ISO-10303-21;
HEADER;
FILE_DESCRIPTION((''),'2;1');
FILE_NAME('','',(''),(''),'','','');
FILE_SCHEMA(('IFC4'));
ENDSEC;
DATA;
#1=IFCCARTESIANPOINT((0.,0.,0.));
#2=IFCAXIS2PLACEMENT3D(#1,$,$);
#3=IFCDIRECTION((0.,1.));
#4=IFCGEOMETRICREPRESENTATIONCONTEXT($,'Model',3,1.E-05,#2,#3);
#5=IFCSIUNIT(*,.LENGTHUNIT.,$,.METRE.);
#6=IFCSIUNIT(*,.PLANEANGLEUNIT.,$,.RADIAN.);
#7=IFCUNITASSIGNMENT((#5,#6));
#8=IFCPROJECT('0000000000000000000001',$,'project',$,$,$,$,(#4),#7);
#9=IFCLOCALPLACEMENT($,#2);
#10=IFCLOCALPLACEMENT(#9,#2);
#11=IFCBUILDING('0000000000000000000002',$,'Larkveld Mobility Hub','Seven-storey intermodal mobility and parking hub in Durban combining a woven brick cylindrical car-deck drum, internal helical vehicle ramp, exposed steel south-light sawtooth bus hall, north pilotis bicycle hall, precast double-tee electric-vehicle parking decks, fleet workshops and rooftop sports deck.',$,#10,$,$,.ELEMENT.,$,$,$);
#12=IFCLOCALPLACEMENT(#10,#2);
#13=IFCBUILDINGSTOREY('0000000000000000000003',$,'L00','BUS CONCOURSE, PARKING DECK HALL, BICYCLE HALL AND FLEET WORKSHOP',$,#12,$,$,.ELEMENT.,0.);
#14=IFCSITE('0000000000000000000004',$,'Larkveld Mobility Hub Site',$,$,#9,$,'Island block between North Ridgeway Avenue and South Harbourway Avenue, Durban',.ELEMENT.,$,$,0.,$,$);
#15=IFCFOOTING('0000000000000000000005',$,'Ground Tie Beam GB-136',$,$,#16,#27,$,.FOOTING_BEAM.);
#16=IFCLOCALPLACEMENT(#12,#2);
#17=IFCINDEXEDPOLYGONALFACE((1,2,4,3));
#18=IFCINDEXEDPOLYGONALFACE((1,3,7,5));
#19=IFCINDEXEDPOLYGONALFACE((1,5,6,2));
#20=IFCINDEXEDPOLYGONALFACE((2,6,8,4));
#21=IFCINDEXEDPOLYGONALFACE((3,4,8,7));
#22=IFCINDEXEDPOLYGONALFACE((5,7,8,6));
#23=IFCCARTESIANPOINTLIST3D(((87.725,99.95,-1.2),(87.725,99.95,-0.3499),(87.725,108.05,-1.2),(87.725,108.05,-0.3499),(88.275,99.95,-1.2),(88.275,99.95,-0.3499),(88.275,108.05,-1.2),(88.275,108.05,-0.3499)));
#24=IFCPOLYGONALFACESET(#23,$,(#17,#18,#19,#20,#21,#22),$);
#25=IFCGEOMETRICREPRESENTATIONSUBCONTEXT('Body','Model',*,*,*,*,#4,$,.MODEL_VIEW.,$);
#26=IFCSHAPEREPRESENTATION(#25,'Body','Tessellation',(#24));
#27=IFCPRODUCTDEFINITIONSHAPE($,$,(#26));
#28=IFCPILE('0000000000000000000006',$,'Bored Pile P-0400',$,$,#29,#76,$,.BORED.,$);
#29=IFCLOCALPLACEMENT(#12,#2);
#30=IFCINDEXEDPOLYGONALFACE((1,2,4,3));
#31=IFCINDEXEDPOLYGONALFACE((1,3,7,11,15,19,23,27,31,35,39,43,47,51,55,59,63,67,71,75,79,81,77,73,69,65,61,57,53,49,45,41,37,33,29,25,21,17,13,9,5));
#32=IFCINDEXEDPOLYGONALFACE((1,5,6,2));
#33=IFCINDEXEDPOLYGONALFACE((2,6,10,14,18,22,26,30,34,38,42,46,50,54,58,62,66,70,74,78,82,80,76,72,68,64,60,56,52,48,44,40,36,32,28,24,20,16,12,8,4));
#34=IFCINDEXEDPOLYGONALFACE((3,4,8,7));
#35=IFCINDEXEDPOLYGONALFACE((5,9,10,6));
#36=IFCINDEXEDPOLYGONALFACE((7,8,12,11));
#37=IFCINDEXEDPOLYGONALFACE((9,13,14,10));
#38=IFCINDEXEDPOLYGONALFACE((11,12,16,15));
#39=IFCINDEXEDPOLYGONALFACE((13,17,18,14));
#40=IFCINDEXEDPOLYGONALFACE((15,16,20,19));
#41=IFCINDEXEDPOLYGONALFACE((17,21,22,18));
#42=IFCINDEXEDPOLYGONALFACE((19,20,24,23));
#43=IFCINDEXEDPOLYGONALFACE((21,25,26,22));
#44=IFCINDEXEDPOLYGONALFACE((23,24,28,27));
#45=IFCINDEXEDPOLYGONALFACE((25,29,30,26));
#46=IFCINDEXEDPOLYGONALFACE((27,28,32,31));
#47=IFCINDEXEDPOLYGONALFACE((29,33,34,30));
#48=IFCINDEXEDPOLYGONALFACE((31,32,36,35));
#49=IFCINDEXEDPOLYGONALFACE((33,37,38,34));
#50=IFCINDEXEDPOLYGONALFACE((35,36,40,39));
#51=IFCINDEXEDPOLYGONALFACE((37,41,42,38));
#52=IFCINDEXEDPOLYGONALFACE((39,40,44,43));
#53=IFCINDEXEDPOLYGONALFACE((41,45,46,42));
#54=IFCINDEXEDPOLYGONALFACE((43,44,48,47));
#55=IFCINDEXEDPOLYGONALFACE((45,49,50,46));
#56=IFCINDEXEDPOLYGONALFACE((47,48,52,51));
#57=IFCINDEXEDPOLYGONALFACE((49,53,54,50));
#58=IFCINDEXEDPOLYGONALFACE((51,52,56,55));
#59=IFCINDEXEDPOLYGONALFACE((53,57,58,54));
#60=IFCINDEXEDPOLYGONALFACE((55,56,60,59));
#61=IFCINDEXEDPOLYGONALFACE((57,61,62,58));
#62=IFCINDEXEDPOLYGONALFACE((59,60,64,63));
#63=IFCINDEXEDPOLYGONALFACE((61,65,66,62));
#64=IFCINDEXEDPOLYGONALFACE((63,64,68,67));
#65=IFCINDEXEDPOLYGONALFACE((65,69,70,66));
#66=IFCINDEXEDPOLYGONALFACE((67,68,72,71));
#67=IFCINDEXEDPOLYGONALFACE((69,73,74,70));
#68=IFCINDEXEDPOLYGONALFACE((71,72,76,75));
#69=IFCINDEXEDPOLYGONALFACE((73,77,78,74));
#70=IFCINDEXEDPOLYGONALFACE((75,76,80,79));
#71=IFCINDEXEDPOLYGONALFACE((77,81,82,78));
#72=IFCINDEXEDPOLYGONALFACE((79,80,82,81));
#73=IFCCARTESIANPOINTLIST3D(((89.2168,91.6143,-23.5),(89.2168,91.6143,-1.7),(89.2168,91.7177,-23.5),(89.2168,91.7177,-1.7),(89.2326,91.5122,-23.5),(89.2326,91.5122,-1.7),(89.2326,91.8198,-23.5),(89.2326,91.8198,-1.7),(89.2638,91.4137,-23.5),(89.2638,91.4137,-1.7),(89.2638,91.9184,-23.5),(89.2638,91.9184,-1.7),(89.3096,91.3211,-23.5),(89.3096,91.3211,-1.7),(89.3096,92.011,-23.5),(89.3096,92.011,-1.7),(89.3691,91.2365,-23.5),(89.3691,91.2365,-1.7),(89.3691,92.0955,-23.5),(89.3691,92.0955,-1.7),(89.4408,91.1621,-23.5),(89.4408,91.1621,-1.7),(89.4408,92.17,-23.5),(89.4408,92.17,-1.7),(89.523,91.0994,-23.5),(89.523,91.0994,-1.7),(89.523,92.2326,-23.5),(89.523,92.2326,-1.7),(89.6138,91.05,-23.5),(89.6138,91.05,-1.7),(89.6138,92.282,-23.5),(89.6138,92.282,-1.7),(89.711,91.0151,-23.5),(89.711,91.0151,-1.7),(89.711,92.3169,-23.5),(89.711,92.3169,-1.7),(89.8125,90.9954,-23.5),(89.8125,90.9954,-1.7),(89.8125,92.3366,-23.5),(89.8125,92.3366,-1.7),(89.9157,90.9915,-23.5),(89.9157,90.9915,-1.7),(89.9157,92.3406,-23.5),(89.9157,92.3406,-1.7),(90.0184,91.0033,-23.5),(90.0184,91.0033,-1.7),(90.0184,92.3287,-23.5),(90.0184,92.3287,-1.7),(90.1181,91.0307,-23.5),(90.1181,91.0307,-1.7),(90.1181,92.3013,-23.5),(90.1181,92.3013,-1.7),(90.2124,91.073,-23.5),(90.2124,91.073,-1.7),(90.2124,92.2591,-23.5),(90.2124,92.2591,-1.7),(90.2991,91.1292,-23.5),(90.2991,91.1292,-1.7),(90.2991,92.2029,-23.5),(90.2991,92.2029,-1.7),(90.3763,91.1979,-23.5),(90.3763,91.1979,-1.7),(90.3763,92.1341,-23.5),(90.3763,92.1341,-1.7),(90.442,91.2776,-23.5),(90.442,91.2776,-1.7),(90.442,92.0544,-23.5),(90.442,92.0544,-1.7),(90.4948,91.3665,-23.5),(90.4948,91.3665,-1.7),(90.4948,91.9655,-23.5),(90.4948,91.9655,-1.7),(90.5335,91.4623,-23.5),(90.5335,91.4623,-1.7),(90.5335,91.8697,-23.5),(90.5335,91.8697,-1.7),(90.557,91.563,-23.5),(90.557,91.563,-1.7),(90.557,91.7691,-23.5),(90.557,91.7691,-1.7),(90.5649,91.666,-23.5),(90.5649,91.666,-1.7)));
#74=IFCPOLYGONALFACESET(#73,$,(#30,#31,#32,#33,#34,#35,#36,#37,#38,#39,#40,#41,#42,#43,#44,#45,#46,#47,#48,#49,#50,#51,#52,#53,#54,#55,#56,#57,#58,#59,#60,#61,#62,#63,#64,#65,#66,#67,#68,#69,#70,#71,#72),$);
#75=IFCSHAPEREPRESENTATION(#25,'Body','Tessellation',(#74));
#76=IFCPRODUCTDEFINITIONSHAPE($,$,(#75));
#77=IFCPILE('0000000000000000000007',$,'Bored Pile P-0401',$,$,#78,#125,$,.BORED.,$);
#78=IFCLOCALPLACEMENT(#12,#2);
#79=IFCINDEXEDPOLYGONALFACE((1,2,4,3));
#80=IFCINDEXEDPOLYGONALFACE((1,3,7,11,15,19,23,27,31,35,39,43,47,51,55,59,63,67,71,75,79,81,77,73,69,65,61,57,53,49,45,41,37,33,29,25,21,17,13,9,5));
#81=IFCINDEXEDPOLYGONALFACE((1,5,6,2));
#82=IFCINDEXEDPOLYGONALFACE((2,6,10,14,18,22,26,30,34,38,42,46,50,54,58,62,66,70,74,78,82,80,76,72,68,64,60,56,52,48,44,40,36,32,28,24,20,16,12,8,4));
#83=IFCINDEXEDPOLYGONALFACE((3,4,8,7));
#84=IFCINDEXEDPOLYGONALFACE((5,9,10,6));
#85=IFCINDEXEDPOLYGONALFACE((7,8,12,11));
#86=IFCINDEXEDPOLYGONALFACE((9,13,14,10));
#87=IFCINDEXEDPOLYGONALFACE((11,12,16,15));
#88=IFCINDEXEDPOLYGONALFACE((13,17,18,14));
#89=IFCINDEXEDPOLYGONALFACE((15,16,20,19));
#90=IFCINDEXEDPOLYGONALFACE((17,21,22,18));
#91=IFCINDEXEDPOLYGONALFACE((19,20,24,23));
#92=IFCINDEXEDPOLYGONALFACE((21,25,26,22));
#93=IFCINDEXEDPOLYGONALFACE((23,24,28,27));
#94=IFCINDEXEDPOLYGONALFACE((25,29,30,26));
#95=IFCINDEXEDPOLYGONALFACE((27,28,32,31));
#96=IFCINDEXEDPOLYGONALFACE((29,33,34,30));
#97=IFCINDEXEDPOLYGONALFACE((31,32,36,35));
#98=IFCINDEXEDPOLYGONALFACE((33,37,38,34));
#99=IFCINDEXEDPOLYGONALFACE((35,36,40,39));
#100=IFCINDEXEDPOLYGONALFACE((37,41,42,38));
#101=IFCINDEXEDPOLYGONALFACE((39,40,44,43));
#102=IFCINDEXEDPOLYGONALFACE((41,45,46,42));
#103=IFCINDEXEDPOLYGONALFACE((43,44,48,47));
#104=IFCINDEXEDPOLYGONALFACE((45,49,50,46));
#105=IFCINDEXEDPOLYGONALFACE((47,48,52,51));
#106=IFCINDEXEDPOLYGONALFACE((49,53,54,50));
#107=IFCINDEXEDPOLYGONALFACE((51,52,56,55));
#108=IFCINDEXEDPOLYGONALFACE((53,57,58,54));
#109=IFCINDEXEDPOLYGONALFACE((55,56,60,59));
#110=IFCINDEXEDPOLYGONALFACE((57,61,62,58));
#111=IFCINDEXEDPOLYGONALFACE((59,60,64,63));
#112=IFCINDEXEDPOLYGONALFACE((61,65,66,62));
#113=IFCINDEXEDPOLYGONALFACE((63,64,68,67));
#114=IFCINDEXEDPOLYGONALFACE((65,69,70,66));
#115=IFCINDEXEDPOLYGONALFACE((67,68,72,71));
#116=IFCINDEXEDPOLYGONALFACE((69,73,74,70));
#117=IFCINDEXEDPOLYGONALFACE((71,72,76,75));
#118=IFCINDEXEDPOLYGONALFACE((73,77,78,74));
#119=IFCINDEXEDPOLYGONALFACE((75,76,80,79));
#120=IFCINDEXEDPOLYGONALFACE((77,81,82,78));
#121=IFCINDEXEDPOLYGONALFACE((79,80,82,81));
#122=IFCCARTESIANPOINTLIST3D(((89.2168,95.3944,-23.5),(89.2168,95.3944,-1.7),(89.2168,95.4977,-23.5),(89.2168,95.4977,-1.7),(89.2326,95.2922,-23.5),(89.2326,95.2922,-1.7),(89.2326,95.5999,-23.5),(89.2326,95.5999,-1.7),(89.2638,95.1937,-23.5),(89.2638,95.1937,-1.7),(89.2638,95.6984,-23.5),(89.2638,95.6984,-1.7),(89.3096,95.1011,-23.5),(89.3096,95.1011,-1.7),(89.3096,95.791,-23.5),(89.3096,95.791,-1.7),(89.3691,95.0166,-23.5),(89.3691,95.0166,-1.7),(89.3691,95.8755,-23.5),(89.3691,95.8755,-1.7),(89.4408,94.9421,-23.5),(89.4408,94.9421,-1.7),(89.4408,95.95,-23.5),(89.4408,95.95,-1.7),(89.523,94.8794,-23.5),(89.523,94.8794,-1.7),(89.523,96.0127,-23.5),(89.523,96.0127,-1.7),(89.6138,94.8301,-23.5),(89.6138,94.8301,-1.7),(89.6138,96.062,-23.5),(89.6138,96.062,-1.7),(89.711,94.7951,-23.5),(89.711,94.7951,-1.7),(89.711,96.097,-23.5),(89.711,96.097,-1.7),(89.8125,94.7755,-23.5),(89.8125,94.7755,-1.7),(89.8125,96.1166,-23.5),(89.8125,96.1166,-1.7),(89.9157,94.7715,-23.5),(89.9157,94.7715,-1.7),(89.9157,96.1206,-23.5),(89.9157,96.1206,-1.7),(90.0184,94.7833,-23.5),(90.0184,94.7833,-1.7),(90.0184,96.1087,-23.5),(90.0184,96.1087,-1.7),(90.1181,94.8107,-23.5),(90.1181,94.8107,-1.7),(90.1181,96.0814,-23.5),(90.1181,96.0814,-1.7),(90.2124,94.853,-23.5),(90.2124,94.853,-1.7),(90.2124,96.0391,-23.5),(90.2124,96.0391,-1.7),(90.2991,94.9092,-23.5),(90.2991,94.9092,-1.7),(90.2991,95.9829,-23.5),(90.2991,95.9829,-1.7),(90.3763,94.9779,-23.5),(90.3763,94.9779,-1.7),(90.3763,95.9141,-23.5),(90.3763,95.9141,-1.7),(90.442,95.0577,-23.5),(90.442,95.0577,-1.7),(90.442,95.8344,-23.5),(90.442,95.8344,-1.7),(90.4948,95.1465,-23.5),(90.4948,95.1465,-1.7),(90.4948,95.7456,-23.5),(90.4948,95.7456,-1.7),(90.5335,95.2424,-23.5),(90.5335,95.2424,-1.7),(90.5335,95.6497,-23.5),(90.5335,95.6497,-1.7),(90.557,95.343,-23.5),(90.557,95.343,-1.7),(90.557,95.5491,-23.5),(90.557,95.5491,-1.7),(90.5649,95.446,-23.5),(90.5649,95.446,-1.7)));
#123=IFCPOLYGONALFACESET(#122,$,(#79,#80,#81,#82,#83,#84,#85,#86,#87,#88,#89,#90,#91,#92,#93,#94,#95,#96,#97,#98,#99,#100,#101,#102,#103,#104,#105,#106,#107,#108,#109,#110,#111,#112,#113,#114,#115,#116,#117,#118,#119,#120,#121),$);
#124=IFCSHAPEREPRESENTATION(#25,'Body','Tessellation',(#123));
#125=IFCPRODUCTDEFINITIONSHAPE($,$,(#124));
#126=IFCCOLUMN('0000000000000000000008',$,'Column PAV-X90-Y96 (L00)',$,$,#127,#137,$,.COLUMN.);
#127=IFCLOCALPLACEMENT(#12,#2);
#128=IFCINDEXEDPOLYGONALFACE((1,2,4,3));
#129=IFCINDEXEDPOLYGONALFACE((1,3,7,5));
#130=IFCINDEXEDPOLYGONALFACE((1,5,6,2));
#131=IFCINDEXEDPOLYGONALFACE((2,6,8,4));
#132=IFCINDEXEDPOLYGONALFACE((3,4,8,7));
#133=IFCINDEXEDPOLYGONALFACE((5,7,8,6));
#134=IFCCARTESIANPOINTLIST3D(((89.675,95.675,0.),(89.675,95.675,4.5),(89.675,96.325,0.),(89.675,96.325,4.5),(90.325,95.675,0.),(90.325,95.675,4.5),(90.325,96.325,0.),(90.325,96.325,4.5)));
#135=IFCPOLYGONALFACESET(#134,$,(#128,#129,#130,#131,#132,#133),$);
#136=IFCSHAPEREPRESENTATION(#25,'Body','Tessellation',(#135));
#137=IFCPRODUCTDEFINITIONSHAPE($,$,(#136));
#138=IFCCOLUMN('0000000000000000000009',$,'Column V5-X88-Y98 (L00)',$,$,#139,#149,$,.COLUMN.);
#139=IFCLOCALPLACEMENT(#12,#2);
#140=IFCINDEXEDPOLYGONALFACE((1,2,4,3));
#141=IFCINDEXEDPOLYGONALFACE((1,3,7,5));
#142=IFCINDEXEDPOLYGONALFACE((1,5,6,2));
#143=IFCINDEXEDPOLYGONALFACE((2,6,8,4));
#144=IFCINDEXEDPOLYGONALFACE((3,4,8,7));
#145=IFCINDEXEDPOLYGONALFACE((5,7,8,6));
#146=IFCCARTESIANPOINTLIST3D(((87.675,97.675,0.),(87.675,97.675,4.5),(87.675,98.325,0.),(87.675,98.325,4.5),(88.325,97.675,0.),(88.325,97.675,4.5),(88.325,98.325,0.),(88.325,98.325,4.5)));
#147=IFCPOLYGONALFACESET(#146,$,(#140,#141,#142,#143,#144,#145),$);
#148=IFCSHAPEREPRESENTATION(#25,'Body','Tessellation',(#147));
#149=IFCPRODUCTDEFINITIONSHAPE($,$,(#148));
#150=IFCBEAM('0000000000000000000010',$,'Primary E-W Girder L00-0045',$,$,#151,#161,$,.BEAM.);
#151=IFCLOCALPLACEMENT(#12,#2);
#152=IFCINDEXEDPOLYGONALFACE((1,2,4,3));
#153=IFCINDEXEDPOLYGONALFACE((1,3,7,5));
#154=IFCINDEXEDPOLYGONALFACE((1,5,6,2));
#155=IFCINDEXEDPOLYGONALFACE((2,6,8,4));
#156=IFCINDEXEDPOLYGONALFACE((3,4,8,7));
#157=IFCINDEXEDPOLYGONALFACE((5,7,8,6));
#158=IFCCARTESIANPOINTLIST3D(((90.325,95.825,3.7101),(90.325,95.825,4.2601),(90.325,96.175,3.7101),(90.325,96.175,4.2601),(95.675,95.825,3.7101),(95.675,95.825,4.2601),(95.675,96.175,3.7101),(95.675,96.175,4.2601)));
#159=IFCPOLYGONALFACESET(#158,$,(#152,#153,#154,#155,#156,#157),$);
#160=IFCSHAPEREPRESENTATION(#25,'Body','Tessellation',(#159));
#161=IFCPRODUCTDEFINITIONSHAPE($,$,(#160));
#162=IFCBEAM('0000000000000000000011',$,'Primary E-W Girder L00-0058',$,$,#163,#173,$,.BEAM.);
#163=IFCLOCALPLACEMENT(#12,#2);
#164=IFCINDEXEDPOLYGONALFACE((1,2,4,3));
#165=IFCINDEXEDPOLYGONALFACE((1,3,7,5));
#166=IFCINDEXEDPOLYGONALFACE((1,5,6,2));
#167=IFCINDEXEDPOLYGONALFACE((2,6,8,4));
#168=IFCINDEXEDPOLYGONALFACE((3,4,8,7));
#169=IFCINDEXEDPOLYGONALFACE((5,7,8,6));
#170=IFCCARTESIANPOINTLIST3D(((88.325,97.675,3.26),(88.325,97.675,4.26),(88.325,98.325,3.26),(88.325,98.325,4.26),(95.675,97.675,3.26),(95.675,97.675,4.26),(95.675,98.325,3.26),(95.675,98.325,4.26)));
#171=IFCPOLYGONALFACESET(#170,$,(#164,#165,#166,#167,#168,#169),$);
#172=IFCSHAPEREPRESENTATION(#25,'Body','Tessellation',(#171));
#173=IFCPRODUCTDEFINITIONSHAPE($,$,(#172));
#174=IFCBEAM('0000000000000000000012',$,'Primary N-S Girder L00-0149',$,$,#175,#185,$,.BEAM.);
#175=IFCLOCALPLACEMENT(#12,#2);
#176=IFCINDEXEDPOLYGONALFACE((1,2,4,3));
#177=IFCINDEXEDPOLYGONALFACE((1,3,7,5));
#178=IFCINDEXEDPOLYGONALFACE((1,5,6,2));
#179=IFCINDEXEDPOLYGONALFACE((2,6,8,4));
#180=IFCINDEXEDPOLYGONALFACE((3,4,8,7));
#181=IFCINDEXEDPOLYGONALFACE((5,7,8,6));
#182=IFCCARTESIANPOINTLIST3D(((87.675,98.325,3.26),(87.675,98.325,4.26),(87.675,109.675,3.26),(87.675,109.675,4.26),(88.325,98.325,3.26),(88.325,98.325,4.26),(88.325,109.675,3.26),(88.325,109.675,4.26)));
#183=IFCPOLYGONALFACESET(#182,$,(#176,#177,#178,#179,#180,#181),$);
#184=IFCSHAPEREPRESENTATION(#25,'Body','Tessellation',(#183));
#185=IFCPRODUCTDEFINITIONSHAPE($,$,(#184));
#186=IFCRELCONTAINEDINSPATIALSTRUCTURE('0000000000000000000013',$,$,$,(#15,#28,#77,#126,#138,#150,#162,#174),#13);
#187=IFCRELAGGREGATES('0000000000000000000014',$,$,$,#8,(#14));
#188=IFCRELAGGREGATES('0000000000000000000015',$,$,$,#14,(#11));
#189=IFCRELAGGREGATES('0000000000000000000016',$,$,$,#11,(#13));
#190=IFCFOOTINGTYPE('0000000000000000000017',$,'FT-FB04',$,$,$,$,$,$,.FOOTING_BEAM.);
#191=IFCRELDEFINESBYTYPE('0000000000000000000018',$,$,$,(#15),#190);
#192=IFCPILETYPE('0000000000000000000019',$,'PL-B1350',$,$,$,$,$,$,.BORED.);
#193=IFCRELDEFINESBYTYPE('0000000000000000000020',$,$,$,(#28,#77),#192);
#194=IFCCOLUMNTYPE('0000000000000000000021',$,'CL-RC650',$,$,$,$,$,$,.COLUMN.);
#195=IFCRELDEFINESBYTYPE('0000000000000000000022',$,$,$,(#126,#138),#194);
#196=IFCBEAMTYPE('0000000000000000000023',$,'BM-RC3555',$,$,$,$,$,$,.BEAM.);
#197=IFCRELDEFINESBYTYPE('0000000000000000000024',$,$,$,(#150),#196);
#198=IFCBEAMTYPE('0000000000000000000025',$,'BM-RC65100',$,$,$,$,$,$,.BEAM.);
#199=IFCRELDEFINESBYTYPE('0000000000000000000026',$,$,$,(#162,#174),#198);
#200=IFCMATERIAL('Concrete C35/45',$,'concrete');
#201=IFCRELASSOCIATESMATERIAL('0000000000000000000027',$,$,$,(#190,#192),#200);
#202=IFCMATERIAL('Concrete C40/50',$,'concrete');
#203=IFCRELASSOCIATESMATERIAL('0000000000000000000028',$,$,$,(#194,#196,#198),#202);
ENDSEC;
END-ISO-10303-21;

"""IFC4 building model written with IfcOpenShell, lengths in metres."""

from ifc_helpers import new_model, si_unit, direction, frame, origin, origin_2d, place, context, subcontext, project, spatial, rectangle, circle, extrude, material, material_profile, profile_set, type_object, element, save


model = new_model("IFC4")

# Units and contexts
model_context = context("Model", 3, precision=1e-05, world=origin(), true_north=direction((0.0, 1.0)))
body_context = subcontext(model_context, "Body", "Model", "MODEL_VIEW")
ifc_project = project(units=[si_unit("LENGTHUNIT", "METRE"), si_unit("PLANEANGLEUNIT", "RADIAN")], contexts=[model_context])

# Site, building, storey
site_placement = place(None, origin())
site = spatial("IfcSite", under=ifc_project, at=site_placement, Name="Larkveld Mobility Hub Site", LongName="Island block between North Ridgeway Avenue and South Harbourway Avenue, Durban", CompositionType="ELEMENT", RefElevation=0.0)
building_placement = place(site_placement, origin())
building = spatial("IfcBuilding", under=site, at=building_placement, Name="Larkveld Mobility Hub", Description="Seven-storey intermodal mobility and parking hub in Durban combining a woven brick cylindrical car-deck drum, internal helical vehicle ramp, exposed steel south-light sawtooth bus hall, north pilotis bicycle hall, precast double-tee electric-vehicle parking decks, fleet workshops and rooftop sports deck.", CompositionType="ELEMENT")
storey_placement = place(building_placement, origin())
storey = spatial("IfcBuildingStorey", under=building, at=storey_placement, Name="L00", Description="BUS CONCOURSE, PARKING DECK HALL, BICYCLE HALL AND FLEET WORKSHOP", CompositionType="ELEMENT", Elevation=0.0)

# Footing
ifc_material_1 = material(Name="Concrete C35/45", Category="concrete")
ifc_material_profile_1 = material_profile(ifc_material_1, rectangle(XDim=0.55, YDim=0.8501, at=origin_2d()), Name="RC BM 550x850")
ifc_profile_set_1 = profile_set([ifc_material_profile_1], Name="Concrete C35/45")
footing_type = type_object("IfcFootingType", Name="FT-FB04", PredefinedType="FOOTING_BEAM", material=ifc_profile_set_1)
footing_placement = place(storey_placement, frame((88.0, 99.95, -0.7749), z_axis=(0.0, 1.0, 0.0), x_axis=(-1.0, 0.0, 0.0)))
element("IfcFooting", 1, at=footing_placement, inside=storey, type_object=footing_type, Name="Ground Tie Beam GB-136", PredefinedType="FOOTING_BEAM", context=body_context, shape_type="SweptSolid", body=[
    extrude(rectangle(XDim=0.55, YDim=0.8501, at=origin_2d()), origin(), (0.0, 0.0, 1.0), 8.1001),
])

# Piles
ifc_material_profile_2 = material_profile(ifc_material_1, circle(Radius=0.675, at=origin_2d()), Name="PILE D1350")
ifc_profile_set_2 = profile_set([ifc_material_profile_2], Name="Concrete C35/45")
pile_type = type_object("IfcPileType", Name="PL-B1350", PredefinedType="BORED", material=ifc_profile_set_2)
for number, where, z_axis, x_axis, name in (
    (2, (89.8899, 91.666, -1.7), (0.0, 0.0, -1.0), (1.0, 0.0, 0.0), "Bored Pile P-0400"),
    (3, (89.8899, 95.446, -1.7), (0.0, 0.0, -1.0), (1.0, 0.0, 0.0), "Bored Pile P-0401"),
):
    element("IfcPile", number, at=place(storey_placement, frame(where, z_axis=z_axis, x_axis=x_axis)), inside=storey, type_object=pile_type, Name=name, PredefinedType="BORED", context=body_context, shape_type="SweptSolid", body=[
        extrude(circle(Radius=0.675, at=origin_2d()), origin(), (0.0, 0.0, 1.0), 21.8),
    ])

# Columns
ifc_material_2 = material(Name="Concrete C40/50", Category="concrete")
ifc_material_profile_3 = material_profile(ifc_material_2, rectangle(XDim=0.6499, YDim=0.6499, at=origin_2d()), Name="RC COL 650x650")
ifc_profile_set_3 = profile_set([ifc_material_profile_3], Name="Concrete C40/50")
column_type = type_object("IfcColumnType", Name="CL-RC650", PredefinedType="COLUMN", material=ifc_profile_set_3)
for number, where, z_axis, x_axis, name in (
    (4, (90.0, 96.0, 0.0), (0.0, 0.0, 1.0), (1.0, 0.0, 0.0), "Column PAV-X90-Y96 (L00)"),
    (5, (88.0, 98.0, 0.0), (0.0, 0.0, 1.0), (1.0, 0.0, 0.0), "Column V5-X88-Y98 (L00)"),
):
    element("IfcColumn", number, at=place(storey_placement, frame(where, z_axis=z_axis, x_axis=x_axis)), inside=storey, type_object=column_type, Name=name, PredefinedType="COLUMN", context=body_context, shape_type="SweptSolid", body=[
        extrude(rectangle(XDim=0.6499, YDim=0.6499, at=origin_2d()), origin(), (0.0, 0.0, 1.0), 4.5),
    ])

# Beams
ifc_material_profile_4 = material_profile(ifc_material_2, rectangle(XDim=0.3501, YDim=0.55, at=origin_2d()), Name="RC BM 350x550")
ifc_profile_set_4 = profile_set([ifc_material_profile_4], Name="Concrete C40/50")
beam_type_1 = type_object("IfcBeamType", Name="BM-RC3555", PredefinedType="BEAM", material=ifc_profile_set_4)
beam_1_placement = place(storey_placement, frame((90.325, 96.0, 3.9851), z_axis=(1.0, 0.0, 0.0), x_axis=(0.0, 1.0, 0.0)))
element("IfcBeam", 6, at=beam_1_placement, inside=storey, type_object=beam_type_1, Name="Primary E-W Girder L00-0045", PredefinedType="BEAM", context=body_context, shape_type="SweptSolid", body=[
    extrude(rectangle(XDim=0.3501, YDim=0.55, at=origin_2d()), origin(), (0.0, 0.0, 1.0), 5.3501),
])
ifc_material_profile_5 = material_profile(ifc_material_2, rectangle(XDim=0.6499, YDim=1.0, at=origin_2d()), Name="RC BM 650x1000")
ifc_profile_set_5 = profile_set([ifc_material_profile_5], Name="Concrete C40/50")
beam_type_2 = type_object("IfcBeamType", Name="BM-RC65100", PredefinedType="BEAM", material=ifc_profile_set_5)
beam_2_placement = place(storey_placement, frame((88.325, 98.0, 3.76), z_axis=(1.0, 0.0, 0.0), x_axis=(0.0, 1.0, 0.0)))
element("IfcBeam", 7, at=beam_2_placement, inside=storey, type_object=beam_type_2, Name="Primary E-W Girder L00-0058", PredefinedType="BEAM", context=body_context, shape_type="SweptSolid", body=[
    extrude(rectangle(XDim=0.6499, YDim=1.0, at=origin_2d()), origin(), (0.0, 0.0, 1.0), 7.3501),
])
beam_3_placement = place(storey_placement, frame((88.0, 98.325, 3.76), z_axis=(0.0, 1.0, 0.0), x_axis=(-1.0, 0.0, 0.0)))
element("IfcBeam", 8, at=beam_3_placement, inside=storey, type_object=beam_type_2, Name="Primary N-S Girder L00-0149", PredefinedType="BEAM", context=body_context, shape_type="SweptSolid", body=[
    extrude(rectangle(XDim=0.6499, YDim=1.0, at=origin_2d()), origin(), (0.0, 0.0, 1.0), 11.3501),
])

save(model, "model.ifc")
